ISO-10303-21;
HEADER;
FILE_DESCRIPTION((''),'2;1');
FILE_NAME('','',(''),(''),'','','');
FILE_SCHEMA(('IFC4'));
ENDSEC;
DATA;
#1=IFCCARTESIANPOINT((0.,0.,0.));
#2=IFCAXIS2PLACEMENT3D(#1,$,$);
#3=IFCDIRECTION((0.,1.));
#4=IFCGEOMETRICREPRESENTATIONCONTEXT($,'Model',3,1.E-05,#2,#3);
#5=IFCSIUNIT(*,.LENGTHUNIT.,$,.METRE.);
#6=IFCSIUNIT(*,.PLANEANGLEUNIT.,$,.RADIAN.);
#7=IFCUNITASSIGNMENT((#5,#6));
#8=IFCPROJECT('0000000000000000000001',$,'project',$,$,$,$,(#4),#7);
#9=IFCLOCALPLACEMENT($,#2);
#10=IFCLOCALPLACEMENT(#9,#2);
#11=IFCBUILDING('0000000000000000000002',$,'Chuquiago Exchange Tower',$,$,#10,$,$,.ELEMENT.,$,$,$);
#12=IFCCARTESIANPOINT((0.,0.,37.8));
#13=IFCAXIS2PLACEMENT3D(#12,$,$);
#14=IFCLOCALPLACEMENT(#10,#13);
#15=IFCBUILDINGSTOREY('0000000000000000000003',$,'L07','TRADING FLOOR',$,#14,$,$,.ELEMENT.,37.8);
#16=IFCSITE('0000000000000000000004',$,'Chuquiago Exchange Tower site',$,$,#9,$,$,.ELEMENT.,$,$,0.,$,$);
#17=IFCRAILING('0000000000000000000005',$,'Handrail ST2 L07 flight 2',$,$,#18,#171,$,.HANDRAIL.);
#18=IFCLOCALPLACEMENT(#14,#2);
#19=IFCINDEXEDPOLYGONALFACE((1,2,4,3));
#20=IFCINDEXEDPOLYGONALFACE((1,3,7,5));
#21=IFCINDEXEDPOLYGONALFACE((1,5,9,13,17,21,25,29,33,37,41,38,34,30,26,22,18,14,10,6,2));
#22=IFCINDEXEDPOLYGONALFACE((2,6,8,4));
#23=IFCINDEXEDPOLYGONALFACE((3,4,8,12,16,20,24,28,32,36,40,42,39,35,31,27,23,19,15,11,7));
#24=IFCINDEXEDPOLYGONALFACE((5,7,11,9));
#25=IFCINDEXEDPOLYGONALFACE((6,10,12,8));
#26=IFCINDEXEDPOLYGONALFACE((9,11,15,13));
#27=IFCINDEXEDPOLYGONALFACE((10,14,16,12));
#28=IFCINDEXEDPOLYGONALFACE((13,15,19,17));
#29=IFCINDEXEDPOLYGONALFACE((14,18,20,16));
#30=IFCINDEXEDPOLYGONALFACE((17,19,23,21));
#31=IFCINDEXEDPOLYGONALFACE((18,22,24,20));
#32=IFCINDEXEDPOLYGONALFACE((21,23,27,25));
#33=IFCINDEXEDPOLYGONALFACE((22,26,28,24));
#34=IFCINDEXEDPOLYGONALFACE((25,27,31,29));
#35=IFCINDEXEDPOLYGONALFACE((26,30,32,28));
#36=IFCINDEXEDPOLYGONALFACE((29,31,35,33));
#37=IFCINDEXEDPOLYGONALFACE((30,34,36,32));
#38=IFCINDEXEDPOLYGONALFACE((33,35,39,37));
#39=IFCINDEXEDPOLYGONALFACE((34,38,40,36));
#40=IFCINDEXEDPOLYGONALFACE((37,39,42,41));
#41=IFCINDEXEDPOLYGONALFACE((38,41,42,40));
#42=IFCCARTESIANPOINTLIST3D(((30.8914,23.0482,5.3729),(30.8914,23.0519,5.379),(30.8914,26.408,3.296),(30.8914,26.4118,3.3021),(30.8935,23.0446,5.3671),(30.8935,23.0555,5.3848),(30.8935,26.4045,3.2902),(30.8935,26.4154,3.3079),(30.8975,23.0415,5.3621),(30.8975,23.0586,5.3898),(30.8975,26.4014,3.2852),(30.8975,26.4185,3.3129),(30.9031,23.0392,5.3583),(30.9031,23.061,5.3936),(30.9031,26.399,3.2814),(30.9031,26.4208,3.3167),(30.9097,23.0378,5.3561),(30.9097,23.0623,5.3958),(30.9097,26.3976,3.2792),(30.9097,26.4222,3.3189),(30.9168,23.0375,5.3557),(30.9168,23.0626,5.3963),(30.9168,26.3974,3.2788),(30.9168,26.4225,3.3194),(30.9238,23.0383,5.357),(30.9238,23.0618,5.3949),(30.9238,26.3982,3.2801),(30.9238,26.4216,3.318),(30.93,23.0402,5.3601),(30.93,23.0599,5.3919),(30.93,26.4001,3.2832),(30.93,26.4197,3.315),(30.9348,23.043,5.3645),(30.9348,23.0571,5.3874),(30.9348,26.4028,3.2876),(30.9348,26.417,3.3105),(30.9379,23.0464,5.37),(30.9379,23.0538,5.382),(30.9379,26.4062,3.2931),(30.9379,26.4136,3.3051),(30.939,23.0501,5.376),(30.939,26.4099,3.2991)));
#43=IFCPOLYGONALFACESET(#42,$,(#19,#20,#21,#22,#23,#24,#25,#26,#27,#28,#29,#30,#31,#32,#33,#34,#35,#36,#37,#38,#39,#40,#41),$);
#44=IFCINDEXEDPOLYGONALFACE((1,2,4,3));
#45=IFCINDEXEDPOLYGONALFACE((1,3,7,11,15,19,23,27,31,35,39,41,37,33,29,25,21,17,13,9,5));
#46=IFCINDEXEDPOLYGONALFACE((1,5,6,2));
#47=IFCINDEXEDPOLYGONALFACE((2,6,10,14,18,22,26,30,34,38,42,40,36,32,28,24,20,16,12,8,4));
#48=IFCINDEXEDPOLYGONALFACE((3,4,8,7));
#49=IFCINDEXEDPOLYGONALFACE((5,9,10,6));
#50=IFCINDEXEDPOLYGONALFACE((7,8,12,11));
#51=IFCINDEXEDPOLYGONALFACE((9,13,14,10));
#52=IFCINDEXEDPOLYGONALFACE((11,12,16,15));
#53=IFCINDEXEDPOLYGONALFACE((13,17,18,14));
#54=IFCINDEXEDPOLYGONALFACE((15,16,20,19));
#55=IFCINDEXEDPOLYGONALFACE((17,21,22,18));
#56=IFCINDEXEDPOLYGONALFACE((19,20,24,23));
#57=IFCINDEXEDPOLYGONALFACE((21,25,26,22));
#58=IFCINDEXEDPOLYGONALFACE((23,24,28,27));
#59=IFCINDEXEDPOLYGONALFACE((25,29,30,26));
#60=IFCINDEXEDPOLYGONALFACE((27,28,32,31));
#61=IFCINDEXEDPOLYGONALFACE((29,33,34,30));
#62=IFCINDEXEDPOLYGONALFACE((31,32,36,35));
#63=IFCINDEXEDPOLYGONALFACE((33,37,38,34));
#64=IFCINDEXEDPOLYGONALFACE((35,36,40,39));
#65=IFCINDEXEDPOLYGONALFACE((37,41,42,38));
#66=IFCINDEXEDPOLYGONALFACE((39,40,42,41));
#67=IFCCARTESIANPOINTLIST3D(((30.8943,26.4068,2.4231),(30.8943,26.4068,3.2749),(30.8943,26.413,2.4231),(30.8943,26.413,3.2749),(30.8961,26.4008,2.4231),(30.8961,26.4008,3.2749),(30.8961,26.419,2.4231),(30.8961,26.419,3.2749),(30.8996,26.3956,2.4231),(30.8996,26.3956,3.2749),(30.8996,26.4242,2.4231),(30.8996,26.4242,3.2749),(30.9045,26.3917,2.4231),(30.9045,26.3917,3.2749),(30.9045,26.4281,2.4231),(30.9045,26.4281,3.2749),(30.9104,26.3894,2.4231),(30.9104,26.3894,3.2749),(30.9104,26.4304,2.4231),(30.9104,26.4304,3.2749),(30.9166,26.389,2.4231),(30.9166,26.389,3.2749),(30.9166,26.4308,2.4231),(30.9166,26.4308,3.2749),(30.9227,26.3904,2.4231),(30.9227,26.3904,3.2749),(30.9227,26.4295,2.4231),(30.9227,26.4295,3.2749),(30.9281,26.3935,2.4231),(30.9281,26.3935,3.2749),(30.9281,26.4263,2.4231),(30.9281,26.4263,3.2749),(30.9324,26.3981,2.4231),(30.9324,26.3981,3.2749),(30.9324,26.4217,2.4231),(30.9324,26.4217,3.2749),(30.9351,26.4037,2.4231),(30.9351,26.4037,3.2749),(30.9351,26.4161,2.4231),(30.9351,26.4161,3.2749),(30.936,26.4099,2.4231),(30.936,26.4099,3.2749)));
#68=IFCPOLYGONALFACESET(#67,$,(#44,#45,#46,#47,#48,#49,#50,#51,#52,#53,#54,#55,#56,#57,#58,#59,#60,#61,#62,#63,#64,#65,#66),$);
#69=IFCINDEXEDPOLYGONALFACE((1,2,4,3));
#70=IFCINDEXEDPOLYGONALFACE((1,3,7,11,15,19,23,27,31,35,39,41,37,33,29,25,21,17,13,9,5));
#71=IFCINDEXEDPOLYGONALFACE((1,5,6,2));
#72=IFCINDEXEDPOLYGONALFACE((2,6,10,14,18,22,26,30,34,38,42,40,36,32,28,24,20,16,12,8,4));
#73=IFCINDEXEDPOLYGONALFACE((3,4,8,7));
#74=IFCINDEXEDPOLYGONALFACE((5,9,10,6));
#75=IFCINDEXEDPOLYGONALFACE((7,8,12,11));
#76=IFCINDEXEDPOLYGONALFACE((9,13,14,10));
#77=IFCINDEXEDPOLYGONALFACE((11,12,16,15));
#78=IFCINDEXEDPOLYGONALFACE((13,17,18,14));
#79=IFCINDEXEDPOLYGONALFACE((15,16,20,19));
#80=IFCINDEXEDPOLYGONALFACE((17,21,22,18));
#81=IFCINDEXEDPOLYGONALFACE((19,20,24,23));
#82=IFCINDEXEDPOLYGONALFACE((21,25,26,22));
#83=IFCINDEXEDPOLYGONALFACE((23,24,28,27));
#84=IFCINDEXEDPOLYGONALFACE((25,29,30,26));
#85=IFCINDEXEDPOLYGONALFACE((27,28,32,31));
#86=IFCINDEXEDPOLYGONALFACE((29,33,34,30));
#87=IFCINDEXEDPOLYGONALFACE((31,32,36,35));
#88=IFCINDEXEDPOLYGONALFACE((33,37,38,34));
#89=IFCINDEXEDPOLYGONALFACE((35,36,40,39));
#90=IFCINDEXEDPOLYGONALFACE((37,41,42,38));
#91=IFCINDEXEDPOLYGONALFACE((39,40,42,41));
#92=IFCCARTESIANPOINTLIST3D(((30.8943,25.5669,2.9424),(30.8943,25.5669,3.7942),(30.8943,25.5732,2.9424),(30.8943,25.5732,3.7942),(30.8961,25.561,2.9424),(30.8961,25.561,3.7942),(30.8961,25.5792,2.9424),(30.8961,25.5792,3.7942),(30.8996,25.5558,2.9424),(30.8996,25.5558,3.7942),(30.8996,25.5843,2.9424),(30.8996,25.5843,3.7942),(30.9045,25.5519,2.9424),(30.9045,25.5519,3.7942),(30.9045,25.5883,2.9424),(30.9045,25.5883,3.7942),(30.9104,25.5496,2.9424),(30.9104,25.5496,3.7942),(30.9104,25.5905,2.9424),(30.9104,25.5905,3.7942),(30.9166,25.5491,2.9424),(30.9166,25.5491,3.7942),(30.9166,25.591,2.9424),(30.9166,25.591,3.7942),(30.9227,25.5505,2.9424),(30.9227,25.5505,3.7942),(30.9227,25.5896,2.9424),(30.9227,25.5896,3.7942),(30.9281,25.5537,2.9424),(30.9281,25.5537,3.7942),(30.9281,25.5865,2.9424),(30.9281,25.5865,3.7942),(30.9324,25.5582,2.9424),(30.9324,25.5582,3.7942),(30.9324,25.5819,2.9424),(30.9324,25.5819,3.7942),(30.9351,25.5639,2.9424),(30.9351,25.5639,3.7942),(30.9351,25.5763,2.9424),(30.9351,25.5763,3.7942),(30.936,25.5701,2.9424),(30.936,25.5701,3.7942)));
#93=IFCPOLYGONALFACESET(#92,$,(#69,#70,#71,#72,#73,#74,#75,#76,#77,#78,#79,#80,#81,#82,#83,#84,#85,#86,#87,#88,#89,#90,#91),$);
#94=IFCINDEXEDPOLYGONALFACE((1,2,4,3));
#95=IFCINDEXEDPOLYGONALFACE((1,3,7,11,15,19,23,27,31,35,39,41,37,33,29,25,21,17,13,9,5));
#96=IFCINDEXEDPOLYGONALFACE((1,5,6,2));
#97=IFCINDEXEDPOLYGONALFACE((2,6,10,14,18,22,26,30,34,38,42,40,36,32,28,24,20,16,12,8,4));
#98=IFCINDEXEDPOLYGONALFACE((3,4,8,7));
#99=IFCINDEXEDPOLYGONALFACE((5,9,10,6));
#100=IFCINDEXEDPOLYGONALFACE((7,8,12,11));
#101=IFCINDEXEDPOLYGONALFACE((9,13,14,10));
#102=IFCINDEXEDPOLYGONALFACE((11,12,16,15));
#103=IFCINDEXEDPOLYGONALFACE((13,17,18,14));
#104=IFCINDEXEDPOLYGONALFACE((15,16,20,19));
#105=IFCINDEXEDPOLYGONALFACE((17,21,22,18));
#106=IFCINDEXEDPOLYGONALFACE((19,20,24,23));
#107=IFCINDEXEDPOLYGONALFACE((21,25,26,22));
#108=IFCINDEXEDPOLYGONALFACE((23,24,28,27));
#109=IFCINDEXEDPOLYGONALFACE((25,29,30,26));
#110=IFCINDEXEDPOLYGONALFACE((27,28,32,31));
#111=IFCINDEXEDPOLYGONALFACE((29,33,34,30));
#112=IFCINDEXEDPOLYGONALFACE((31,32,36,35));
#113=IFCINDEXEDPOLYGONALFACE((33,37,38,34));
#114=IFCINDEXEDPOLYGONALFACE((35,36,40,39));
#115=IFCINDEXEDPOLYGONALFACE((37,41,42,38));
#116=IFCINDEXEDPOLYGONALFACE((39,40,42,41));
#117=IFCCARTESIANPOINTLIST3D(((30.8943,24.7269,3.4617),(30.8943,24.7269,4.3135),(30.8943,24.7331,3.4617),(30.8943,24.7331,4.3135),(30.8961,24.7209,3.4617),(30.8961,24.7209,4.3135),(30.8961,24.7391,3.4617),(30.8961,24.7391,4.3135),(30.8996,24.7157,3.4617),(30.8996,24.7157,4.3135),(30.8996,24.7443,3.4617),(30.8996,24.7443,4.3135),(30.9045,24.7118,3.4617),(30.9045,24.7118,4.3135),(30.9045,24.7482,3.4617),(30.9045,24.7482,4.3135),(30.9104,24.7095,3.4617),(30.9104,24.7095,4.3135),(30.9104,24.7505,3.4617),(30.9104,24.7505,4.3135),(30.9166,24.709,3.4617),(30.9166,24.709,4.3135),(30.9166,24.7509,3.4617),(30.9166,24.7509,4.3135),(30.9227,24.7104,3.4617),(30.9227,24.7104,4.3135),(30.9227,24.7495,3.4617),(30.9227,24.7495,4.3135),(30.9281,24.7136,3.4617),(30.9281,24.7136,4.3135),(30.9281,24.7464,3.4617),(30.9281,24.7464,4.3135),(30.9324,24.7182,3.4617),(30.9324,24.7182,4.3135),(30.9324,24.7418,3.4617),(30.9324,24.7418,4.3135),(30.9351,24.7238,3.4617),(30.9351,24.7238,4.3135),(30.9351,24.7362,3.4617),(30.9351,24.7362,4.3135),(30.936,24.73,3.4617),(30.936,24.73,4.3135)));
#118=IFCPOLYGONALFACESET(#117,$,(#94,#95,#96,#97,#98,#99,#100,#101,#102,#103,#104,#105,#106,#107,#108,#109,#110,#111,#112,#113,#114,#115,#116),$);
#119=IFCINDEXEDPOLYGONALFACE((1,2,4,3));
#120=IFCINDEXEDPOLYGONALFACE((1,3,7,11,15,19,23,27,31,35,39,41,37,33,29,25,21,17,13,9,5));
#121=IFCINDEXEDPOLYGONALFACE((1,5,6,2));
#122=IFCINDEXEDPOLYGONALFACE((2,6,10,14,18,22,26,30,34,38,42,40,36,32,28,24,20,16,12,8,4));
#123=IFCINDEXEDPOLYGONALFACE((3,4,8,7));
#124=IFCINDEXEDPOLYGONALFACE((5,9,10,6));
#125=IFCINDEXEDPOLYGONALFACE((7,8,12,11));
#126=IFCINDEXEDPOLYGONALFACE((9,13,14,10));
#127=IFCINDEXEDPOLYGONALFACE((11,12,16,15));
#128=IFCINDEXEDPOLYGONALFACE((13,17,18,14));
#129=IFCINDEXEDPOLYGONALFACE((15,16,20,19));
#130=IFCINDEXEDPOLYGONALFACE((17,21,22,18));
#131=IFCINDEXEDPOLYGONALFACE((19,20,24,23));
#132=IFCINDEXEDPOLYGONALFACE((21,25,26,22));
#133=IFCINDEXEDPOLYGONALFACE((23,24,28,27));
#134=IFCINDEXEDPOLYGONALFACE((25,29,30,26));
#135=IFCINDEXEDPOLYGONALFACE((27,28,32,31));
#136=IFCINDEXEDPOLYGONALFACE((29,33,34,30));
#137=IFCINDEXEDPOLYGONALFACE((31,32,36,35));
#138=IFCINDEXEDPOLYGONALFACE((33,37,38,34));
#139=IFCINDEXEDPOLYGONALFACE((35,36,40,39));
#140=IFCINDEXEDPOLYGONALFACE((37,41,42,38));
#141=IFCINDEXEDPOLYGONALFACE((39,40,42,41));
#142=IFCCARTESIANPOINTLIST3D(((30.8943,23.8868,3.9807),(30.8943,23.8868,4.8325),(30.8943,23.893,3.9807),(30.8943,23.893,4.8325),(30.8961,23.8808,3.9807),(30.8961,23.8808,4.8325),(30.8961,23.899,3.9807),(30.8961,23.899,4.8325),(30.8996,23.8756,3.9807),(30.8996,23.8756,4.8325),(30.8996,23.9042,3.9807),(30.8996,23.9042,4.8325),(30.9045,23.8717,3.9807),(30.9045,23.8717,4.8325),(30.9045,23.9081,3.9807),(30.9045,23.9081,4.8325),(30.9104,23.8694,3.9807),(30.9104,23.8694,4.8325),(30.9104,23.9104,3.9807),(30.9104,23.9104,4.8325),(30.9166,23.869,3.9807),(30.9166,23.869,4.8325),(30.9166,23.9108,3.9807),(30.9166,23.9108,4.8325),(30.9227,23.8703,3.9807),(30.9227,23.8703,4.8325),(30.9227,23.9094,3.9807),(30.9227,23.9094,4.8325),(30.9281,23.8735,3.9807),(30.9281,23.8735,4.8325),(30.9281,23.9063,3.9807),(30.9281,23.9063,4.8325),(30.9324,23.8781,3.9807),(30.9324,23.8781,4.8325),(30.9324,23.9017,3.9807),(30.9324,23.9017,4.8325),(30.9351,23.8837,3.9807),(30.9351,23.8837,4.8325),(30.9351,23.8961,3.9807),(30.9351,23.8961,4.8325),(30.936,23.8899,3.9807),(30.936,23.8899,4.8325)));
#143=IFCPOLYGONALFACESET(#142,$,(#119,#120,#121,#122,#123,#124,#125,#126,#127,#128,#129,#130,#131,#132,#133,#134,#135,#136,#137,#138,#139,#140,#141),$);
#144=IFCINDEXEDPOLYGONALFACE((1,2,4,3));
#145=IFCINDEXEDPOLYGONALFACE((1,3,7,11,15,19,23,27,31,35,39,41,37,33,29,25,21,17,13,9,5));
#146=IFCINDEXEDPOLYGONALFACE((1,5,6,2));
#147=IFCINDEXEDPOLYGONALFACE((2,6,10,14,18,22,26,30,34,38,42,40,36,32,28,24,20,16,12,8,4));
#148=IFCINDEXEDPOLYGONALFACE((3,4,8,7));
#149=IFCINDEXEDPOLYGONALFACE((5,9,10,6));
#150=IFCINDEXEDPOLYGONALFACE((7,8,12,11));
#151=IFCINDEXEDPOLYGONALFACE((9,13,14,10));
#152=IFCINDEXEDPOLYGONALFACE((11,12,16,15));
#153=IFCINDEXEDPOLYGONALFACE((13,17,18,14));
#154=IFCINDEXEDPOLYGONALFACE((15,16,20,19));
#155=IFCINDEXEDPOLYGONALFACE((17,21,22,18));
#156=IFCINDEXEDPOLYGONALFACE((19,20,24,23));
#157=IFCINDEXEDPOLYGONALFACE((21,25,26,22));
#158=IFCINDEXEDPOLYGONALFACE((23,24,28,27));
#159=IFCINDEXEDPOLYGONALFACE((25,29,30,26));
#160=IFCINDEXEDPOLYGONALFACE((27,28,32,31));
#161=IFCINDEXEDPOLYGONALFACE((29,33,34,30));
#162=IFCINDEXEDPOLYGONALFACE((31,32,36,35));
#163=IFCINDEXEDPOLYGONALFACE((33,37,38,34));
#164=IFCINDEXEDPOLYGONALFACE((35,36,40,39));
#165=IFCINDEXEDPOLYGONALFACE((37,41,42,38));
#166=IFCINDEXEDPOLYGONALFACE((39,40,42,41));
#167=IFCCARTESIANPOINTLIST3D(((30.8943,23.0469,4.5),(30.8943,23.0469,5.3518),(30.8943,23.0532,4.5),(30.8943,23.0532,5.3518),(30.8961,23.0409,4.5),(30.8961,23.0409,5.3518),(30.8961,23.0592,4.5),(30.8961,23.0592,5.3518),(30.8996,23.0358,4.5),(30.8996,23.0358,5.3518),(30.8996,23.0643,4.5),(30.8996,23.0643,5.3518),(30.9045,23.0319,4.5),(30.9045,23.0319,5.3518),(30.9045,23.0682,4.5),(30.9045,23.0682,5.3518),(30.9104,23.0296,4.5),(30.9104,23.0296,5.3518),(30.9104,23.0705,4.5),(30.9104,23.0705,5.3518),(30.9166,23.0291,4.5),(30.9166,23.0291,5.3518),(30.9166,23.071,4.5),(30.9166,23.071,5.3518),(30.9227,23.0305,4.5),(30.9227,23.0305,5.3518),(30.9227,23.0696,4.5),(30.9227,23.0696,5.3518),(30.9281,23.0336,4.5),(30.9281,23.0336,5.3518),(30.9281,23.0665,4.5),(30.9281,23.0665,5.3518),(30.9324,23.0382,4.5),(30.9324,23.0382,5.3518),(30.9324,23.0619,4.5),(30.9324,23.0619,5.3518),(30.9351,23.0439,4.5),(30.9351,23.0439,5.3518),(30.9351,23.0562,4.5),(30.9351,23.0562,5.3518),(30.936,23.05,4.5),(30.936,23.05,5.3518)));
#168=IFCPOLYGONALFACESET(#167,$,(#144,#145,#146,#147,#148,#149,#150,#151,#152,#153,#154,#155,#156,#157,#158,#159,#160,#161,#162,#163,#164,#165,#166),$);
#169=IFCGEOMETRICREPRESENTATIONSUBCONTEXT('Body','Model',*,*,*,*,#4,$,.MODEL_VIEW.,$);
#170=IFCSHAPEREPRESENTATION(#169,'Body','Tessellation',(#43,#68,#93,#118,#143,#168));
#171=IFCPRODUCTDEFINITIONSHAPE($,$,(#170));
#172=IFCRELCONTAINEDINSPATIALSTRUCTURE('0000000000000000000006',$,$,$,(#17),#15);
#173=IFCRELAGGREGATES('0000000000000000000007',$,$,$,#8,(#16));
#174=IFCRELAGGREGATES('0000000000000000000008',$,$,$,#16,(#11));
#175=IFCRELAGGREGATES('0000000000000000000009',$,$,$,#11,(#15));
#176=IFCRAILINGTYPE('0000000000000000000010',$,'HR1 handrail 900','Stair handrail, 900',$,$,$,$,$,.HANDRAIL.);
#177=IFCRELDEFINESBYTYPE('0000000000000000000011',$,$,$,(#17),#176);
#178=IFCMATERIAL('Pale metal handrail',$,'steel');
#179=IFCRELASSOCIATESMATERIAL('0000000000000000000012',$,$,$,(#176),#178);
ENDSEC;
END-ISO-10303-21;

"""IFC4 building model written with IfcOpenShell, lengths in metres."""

from ifc_helpers import new_model, si_unit, direction, frame, origin, origin_2d, place, context, subcontext, project, spatial, circle, extrude, material, type_object, element, save


model = new_model("IFC4")

# Units and contexts
model_context = context("Model", 3, precision=1e-05, world=origin(), true_north=direction((0.0, 1.0)))
body_context = subcontext(model_context, "Body", "Model", "MODEL_VIEW")
ifc_project = project(units=[si_unit("LENGTHUNIT", "METRE"), si_unit("PLANEANGLEUNIT", "RADIAN")], contexts=[model_context])

# Site, building, storey
site_placement = place(None, origin())
site = spatial("IfcSite", under=ifc_project, at=site_placement, Name="Chuquiago Exchange Tower site", CompositionType="ELEMENT", RefElevation=0.0)
building_placement = place(site_placement, origin())
building = spatial("IfcBuilding", under=site, at=building_placement, Name="Chuquiago Exchange Tower", CompositionType="ELEMENT")
storey_placement = place(building_placement, frame((0.0, 0.0, 37.8)))
storey = spatial("IfcBuildingStorey", under=building, at=storey_placement, Name="L07", Description="TRADING FLOOR", CompositionType="ELEMENT", Elevation=37.8)

# Railing
ifc_material_1 = material(Name="Pale metal handrail", Category="steel")
railing_type_1 = type_object("IfcRailingType", Name="HR1 handrail 900", Description="Stair handrail, 900", PredefinedType="HANDRAIL", material=ifc_material_1)
for number, where, name in (
    (1, (30.915, 26.4099, 2.4231), "Handrail ST2 L07 flight 2"),
):
    element("IfcRailing", number, at=place(storey_placement, frame(where)), inside=storey, type_object=railing_type_1, Name=name, PredefinedType="HANDRAIL", context=body_context, shape_type="SweptSolid", body=[
        extrude(circle(Radius=0.0239, at=origin_2d()), frame((0.0, 0.0, 0.876), z_axis=(0.0, -0.850606, 0.525803), x_axis=(1.0, 0.0, 0.0)), (0.0, 0.0, 1.0), 3.95),
        extrude(circle(Radius=0.021, at=origin_2d()), origin(), (0.0, 0.0, 1.0), 0.8518),
        extrude(circle(Radius=0.021, at=origin_2d()), frame((0.0, -0.8398, 0.5193)), (0.0, 0.0, 1.0), 0.8518),
        extrude(circle(Radius=0.021, at=origin_2d()), frame((0.0, -1.6799, 1.0386)), (0.0, 0.0, 1.0), 0.8518),
        extrude(circle(Radius=0.021, at=origin_2d()), frame((0.0, -2.52, 1.5576)), (0.0, 0.0, 1.0), 0.8518),
        extrude(circle(Radius=0.021, at=origin_2d()), frame((0.0, -3.3599, 2.0769)), (0.0, 0.0, 1.0), 0.8518),
    ])

save(model, "model.ifc")
